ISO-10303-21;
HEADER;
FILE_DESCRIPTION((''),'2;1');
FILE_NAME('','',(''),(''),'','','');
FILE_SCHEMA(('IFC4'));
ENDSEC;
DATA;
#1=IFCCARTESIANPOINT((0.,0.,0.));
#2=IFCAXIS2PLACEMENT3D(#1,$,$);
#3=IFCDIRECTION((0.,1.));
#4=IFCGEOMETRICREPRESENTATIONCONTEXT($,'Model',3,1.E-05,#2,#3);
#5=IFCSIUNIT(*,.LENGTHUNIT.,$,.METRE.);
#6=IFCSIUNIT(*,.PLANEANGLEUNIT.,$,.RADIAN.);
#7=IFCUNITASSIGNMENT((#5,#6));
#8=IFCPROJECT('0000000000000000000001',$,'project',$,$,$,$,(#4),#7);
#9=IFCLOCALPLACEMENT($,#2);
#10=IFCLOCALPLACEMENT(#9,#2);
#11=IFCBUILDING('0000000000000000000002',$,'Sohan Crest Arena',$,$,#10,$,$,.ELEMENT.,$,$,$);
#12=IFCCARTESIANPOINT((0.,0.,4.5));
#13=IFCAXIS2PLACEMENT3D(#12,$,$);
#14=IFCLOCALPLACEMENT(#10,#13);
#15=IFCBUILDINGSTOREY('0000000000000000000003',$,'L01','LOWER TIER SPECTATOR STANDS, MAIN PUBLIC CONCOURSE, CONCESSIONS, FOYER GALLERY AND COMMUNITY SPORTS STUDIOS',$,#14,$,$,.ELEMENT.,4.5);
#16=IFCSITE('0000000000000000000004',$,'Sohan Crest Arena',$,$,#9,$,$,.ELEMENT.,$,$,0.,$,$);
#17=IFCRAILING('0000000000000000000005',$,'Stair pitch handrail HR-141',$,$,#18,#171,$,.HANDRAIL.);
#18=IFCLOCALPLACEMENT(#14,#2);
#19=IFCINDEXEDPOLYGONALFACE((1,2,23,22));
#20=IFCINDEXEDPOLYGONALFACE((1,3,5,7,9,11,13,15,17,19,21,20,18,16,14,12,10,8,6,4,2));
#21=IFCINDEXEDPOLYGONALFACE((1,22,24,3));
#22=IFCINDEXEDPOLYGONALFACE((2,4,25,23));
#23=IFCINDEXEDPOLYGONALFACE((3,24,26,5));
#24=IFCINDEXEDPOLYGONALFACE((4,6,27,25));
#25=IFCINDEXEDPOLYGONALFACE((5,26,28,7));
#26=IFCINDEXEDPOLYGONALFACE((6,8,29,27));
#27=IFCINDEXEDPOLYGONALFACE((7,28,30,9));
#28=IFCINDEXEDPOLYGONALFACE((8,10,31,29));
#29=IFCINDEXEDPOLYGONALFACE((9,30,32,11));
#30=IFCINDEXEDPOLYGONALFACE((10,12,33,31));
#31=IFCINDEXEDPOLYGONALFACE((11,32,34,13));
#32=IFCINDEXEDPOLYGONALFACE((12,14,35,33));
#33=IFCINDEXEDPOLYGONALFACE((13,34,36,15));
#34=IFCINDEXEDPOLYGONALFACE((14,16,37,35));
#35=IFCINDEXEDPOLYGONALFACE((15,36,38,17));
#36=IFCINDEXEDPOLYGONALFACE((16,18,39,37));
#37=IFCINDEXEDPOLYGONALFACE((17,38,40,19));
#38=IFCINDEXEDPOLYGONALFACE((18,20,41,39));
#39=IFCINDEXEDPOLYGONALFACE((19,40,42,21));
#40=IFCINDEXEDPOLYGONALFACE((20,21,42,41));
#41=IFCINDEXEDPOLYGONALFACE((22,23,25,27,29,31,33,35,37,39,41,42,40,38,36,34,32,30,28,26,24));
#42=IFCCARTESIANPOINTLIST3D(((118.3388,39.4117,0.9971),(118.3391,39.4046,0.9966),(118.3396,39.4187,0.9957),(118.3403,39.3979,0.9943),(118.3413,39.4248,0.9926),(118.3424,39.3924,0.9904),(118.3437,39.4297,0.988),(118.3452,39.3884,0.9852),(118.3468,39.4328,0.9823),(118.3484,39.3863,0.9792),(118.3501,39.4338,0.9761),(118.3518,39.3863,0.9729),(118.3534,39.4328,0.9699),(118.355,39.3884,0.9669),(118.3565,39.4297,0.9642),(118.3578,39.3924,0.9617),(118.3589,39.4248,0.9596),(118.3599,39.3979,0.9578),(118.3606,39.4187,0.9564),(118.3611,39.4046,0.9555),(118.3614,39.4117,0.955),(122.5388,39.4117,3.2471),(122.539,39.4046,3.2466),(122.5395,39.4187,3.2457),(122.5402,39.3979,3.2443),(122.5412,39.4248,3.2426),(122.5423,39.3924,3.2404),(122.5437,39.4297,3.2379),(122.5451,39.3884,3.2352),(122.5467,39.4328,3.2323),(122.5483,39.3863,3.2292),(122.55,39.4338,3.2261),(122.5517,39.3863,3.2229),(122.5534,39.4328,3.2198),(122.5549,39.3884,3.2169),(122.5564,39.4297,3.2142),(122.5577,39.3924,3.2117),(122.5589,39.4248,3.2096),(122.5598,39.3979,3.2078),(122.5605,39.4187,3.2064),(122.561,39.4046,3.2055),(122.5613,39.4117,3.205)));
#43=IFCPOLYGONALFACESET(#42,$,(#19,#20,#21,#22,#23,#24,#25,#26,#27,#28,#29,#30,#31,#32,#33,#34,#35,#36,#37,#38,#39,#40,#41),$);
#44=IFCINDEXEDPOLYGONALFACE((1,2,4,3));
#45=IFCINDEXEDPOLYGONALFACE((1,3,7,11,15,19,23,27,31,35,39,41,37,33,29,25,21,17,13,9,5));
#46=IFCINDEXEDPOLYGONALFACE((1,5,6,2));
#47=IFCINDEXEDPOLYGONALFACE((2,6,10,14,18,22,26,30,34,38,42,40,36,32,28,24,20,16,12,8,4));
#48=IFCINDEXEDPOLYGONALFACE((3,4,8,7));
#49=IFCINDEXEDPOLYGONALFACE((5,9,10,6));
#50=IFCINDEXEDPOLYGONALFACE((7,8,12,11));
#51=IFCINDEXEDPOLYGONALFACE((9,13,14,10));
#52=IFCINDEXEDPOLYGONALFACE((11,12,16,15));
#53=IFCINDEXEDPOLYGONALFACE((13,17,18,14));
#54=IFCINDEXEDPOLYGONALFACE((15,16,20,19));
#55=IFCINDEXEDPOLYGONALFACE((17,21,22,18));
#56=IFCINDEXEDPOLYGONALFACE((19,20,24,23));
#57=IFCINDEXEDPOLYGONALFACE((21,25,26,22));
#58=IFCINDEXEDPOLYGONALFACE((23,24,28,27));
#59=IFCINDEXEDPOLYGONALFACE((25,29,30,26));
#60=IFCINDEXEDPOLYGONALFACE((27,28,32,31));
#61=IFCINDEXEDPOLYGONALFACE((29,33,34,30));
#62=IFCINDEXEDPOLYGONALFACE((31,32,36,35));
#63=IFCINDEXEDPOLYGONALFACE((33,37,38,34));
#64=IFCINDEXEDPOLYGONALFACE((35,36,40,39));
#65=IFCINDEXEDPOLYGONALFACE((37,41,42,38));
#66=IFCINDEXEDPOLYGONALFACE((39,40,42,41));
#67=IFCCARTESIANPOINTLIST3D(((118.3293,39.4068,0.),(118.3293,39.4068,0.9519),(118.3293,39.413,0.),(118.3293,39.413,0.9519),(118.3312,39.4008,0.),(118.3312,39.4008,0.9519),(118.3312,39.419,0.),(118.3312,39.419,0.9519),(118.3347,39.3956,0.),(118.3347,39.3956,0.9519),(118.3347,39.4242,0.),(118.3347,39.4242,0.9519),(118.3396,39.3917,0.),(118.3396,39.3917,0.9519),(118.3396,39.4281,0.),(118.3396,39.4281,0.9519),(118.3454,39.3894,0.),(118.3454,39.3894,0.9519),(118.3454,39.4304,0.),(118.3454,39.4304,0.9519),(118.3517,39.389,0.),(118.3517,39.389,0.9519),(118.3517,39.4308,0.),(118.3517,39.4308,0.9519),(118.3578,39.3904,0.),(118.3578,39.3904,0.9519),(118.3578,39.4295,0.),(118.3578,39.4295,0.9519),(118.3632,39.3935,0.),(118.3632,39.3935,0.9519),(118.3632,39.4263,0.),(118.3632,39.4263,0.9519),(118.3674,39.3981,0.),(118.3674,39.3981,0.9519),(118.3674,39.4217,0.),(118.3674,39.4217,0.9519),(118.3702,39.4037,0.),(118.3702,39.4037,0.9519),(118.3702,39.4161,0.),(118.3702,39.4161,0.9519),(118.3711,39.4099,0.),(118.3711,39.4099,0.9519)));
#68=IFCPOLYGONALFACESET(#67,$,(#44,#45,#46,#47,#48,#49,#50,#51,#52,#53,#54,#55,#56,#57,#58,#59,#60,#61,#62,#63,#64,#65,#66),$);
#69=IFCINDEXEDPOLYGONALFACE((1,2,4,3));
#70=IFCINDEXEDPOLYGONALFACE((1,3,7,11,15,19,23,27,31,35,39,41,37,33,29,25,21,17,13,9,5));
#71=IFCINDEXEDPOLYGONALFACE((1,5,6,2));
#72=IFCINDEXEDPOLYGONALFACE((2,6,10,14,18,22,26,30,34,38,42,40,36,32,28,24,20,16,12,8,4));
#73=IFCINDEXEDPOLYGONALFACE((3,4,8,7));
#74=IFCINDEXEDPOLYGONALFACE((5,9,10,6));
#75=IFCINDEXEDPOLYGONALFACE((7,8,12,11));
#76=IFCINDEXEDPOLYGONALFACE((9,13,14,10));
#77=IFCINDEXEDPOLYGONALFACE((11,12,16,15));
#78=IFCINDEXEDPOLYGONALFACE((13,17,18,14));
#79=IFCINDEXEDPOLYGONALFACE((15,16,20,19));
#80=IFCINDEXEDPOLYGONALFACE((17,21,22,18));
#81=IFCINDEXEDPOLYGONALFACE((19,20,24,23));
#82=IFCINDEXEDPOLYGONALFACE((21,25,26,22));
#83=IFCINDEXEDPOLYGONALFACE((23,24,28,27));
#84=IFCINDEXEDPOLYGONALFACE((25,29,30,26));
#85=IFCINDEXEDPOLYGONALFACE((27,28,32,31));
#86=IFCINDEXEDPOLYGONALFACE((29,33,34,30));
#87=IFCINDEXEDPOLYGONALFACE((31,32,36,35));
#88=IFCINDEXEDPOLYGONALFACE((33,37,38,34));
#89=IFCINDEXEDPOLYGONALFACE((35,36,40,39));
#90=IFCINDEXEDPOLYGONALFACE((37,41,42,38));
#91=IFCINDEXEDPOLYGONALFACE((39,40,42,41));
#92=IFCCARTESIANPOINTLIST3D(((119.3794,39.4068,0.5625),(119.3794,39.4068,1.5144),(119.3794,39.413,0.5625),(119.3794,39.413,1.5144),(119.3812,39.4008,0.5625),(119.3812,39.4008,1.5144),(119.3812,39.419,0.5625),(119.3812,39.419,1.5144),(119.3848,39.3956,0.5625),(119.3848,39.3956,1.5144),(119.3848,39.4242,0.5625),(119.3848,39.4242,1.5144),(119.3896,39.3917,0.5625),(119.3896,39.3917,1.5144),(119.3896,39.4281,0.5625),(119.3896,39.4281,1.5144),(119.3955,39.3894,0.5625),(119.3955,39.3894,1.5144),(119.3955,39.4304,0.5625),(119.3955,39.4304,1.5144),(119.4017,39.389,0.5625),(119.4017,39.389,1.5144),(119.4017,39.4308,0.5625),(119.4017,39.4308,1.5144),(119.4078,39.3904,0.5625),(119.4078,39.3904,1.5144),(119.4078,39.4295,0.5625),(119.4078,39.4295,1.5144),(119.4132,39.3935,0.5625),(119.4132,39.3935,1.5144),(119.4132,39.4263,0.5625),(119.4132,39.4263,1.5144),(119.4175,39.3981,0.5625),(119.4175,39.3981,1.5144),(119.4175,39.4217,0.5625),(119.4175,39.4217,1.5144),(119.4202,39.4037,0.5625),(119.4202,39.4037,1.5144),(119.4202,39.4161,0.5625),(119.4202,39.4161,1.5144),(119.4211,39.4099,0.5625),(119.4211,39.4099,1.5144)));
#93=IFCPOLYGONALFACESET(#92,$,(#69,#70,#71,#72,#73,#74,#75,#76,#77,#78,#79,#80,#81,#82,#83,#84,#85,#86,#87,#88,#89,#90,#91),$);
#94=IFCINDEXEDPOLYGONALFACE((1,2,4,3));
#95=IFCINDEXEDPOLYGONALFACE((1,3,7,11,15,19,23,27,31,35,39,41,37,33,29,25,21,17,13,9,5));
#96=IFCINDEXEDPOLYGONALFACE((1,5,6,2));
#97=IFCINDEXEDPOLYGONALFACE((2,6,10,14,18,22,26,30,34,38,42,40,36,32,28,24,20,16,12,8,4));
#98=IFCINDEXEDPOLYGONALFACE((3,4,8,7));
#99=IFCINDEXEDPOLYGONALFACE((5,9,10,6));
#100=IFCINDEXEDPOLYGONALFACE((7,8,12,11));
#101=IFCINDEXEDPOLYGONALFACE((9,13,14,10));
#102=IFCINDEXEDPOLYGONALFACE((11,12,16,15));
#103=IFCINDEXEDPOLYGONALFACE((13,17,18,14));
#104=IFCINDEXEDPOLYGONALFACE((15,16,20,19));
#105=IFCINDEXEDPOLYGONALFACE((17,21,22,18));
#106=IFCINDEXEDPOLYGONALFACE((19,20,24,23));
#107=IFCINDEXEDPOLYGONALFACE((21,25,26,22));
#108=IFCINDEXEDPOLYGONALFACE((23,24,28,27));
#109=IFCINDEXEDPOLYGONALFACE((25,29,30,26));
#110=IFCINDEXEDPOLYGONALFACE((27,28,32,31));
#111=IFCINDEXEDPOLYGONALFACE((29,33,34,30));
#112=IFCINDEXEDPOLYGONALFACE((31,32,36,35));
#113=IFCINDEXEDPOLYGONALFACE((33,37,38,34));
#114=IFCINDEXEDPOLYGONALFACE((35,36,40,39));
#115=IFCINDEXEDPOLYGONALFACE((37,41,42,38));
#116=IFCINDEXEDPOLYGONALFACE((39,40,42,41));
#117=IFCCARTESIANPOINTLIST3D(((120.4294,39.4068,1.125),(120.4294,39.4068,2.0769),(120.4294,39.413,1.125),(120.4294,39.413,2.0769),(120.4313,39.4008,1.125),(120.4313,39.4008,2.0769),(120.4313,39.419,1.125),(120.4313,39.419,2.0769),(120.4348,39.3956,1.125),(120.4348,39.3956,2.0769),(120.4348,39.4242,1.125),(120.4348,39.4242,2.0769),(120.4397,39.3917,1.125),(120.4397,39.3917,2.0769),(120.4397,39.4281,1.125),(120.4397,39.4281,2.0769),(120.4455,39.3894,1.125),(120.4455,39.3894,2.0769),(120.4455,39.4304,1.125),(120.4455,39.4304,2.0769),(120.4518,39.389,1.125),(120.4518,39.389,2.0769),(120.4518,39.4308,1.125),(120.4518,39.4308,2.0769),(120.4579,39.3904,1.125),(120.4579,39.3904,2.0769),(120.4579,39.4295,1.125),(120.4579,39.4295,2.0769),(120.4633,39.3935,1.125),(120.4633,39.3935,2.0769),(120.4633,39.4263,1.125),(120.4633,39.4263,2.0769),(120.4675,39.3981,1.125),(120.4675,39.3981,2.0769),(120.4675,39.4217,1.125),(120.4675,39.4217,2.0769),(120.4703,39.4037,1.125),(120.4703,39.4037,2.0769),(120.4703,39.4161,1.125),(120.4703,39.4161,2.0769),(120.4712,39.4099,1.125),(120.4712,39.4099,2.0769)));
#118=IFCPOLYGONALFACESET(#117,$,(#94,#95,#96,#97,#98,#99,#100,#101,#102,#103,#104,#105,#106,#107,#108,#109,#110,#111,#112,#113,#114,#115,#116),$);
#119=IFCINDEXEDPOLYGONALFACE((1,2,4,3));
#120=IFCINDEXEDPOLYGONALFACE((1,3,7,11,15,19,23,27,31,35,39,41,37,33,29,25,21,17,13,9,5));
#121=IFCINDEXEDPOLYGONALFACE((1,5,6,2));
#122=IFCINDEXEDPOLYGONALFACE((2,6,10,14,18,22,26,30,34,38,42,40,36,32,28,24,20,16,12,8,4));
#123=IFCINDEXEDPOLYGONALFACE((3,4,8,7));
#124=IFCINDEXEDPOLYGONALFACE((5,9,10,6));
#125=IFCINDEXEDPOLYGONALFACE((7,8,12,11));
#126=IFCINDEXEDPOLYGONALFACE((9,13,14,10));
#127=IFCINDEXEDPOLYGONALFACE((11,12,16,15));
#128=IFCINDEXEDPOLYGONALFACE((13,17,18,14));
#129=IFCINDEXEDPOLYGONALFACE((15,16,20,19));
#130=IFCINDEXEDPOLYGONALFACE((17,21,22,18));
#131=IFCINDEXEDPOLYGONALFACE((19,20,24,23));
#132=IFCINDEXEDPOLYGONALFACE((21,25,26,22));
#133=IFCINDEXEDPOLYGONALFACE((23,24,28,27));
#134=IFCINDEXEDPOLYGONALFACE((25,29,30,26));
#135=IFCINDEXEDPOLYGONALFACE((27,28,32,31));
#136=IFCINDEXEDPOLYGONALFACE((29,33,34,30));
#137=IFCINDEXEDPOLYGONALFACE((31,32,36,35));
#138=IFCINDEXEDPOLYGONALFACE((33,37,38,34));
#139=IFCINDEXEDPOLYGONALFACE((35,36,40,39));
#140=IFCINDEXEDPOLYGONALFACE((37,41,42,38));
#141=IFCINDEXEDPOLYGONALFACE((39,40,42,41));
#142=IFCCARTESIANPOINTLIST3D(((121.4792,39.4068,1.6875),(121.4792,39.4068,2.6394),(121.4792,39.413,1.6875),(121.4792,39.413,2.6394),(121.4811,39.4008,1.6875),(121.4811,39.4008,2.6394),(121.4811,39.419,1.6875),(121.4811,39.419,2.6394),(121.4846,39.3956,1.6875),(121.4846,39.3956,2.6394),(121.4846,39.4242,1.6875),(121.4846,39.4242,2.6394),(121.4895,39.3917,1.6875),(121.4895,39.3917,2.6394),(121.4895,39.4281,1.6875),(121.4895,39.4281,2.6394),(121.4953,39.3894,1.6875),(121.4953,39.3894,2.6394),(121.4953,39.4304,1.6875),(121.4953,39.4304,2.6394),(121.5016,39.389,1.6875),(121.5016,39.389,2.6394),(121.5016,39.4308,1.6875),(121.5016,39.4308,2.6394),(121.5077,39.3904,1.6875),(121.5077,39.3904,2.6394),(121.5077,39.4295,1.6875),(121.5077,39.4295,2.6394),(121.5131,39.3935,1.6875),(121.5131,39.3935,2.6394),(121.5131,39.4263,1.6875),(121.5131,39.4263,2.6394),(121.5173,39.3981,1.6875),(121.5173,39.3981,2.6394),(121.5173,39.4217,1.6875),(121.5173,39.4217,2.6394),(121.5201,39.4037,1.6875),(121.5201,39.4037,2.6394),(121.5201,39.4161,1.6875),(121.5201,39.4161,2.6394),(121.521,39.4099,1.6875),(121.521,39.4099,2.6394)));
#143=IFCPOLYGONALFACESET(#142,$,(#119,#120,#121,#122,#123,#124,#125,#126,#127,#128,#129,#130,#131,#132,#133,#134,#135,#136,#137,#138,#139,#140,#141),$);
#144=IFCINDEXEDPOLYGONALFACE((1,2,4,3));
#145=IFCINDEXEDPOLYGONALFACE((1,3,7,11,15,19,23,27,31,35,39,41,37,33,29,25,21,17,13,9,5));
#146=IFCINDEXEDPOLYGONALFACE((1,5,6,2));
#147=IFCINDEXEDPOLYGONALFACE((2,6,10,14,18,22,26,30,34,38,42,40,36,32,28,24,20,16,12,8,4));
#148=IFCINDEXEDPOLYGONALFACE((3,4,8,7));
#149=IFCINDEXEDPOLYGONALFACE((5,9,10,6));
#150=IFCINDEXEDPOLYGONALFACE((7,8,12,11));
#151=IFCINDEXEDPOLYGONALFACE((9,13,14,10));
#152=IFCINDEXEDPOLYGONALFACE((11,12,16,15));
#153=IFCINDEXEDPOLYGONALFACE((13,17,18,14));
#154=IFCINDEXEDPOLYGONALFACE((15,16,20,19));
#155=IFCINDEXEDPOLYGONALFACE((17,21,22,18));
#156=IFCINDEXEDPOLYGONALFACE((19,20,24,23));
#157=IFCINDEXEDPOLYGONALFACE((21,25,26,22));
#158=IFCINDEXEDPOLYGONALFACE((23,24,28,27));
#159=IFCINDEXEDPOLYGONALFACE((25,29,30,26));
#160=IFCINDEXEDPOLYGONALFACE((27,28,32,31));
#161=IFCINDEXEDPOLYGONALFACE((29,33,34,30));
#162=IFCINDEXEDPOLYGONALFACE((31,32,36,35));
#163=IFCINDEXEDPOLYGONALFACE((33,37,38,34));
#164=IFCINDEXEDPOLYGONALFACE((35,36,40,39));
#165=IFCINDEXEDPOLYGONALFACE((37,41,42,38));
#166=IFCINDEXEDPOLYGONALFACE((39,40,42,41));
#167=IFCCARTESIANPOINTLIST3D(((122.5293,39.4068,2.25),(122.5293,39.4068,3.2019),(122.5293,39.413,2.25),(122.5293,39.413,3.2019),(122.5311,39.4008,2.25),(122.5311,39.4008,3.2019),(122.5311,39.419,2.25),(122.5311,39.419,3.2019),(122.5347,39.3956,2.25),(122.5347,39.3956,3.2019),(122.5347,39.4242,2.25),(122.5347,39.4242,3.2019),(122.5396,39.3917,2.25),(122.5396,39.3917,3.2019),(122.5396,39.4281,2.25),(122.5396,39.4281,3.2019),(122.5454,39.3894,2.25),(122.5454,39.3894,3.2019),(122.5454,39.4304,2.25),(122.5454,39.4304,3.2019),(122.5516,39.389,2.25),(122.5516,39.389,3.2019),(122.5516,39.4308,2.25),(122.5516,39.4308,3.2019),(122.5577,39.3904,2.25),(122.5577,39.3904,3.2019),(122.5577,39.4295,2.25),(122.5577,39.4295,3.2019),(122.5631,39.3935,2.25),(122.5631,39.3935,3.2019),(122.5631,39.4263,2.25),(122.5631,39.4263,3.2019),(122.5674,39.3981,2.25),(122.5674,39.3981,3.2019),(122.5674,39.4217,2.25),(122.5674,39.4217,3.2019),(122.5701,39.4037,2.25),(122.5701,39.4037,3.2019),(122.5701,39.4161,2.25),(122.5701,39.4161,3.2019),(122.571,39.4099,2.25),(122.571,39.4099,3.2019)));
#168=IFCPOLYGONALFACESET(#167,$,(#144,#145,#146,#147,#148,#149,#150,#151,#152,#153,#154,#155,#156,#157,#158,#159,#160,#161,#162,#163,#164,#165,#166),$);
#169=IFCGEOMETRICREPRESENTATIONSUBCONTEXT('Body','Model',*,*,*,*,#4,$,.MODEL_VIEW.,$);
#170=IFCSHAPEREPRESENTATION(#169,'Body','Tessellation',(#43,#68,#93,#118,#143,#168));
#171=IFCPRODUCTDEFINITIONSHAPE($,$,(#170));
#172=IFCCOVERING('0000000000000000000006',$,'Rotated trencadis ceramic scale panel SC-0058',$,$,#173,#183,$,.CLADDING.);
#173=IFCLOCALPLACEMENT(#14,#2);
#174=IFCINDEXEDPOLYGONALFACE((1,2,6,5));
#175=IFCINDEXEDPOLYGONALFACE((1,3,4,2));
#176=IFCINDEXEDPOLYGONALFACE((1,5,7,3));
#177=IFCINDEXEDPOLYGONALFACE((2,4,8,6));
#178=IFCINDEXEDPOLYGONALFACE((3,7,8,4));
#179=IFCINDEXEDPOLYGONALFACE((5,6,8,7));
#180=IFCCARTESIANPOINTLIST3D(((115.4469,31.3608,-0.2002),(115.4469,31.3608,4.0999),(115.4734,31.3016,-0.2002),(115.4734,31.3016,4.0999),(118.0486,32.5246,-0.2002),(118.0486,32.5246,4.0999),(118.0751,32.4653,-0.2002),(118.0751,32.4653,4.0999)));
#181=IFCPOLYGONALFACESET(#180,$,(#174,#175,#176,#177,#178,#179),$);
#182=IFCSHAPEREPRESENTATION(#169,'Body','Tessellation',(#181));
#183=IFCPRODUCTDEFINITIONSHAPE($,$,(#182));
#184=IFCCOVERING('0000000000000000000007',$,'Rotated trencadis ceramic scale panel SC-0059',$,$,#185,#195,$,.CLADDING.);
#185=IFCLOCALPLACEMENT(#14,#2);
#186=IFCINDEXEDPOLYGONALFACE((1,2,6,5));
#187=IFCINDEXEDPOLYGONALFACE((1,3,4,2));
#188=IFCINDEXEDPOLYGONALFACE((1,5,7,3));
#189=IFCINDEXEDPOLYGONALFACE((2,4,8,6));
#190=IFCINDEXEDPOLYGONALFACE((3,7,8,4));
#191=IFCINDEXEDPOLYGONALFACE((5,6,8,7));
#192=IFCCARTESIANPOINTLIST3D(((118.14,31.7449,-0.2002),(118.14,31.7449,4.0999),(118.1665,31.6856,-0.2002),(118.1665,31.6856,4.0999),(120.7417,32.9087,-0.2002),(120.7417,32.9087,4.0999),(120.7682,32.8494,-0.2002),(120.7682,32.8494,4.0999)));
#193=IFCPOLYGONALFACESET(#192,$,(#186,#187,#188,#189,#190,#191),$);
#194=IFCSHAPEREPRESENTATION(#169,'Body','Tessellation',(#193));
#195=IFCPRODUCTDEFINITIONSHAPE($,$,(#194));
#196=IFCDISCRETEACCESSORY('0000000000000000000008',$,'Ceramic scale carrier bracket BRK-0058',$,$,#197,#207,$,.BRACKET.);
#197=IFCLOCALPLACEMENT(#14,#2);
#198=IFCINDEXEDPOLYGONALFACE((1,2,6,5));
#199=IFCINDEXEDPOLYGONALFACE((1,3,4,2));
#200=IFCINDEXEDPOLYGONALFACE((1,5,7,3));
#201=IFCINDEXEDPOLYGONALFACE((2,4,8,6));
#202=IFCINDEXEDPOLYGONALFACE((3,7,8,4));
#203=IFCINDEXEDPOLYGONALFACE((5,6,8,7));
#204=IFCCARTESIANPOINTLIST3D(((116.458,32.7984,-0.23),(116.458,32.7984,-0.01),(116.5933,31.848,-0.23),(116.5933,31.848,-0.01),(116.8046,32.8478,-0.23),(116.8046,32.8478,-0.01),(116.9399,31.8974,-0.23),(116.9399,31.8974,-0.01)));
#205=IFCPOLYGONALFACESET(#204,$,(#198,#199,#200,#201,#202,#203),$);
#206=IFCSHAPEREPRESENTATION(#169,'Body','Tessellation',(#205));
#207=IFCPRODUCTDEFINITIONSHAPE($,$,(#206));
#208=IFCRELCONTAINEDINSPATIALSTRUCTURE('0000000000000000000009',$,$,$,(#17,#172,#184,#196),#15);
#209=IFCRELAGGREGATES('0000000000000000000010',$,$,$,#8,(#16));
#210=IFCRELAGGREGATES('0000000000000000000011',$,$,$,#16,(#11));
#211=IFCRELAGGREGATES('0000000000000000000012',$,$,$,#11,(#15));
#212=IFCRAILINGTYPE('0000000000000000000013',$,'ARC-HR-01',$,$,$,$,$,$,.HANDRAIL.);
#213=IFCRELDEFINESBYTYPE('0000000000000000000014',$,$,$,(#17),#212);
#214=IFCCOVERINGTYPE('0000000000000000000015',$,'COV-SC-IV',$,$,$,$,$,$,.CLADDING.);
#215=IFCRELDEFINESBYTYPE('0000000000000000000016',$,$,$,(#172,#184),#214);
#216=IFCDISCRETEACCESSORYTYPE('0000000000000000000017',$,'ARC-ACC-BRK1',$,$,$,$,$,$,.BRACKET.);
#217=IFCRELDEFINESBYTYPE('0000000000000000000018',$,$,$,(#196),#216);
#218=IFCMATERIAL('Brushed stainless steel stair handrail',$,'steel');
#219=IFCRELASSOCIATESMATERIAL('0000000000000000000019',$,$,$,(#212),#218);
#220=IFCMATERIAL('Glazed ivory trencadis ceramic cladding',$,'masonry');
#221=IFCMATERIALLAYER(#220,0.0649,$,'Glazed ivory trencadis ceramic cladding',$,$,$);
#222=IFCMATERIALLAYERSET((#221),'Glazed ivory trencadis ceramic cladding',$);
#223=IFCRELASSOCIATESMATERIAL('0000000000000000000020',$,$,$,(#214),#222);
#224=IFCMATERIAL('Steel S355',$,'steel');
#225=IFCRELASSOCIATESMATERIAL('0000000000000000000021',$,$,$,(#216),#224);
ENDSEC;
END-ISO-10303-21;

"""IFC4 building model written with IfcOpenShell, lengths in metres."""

from ifc_helpers import new_model, si_unit, direction, frame, origin, origin_2d, place, context, subcontext, project, spatial, rectangle, circle, extrude, material, layer, layer_set, type_object, element, save


model = new_model("IFC4")

# Units and contexts
model_context = context("Model", 3, precision=1e-05, world=origin(), true_north=direction((0.0, 1.0)))
body_context = subcontext(model_context, "Body", "Model", "MODEL_VIEW")
ifc_project = project(units=[si_unit("LENGTHUNIT", "METRE"), si_unit("PLANEANGLEUNIT", "RADIAN")], contexts=[model_context])

# Site, building, storey
site_placement = place(None, origin())
site = spatial("IfcSite", under=ifc_project, at=site_placement, Name="Sohan Crest Arena", CompositionType="ELEMENT", RefElevation=0.0)
building_placement = place(site_placement, origin())
building = spatial("IfcBuilding", under=site, at=building_placement, Name="Sohan Crest Arena", CompositionType="ELEMENT")
storey_placement = place(building_placement, frame((0.0, 0.0, 4.5)))
storey = spatial("IfcBuildingStorey", under=building, at=storey_placement, Name="L01", Description="LOWER TIER SPECTATOR STANDS, MAIN PUBLIC CONCOURSE, CONCESSIONS, FOYER GALLERY AND COMMUNITY SPORTS STUDIOS", CompositionType="ELEMENT", Elevation=4.5)

# Shared definitions
ifc_material_1 = material(Name="Steel S355", Category="steel")

# Railing
ifc_material_2 = material(Name="Brushed stainless steel stair handrail", Category="steel")
railing_type = type_object("IfcRailingType", Name="ARC-HR-01", PredefinedType="HANDRAIL", material=ifc_material_2)
railing_placement = place(storey_placement, frame((118.3501, 39.4099, 0.0)))
element("IfcRailing", 1, at=railing_placement, inside=storey, type_object=railing_type, Name="Stair pitch handrail HR-141", PredefinedType="HANDRAIL", context=body_context, shape_type="SweptSolid", body=[
    extrude(circle(Radius=0.0239, at=origin_2d()), frame((0.0, 0.0, 0.9761), z_axis=(0.881478, 0.0, 0.472226), x_axis=(0.0, 1.0, 0.0)), (0.0, 0.0, 1.0), 4.7646),
    extrude(circle(Radius=0.021, at=origin_2d()), origin(), (0.0, 0.0, 1.0), 0.9519),
    extrude(circle(Radius=0.021, at=origin_2d()), frame((1.05, 0.0, 0.5625)), (0.0, 0.0, 1.0), 0.9519),
    extrude(circle(Radius=0.021, at=origin_2d()), frame((2.1001, 0.0, 1.125)), (0.0, 0.0, 1.0), 0.9519),
    extrude(circle(Radius=0.021, at=origin_2d()), frame((3.1499, 0.0, 1.6875)), (0.0, 0.0, 1.0), 0.9519),
    extrude(circle(Radius=0.021, at=origin_2d()), frame((4.2, 0.0, 2.25)), (0.0, 0.0, 1.0), 0.9519),
])

# Coverings
ifc_material_3 = material(Name="Glazed ivory trencadis ceramic cladding", Category="masonry")
ifc_layer_1 = layer(ifc_material_3, 0.0649, Name="Glazed ivory trencadis ceramic cladding")
ifc_layer_set_1 = layer_set([ifc_layer_1], Name="Glazed ivory trencadis ceramic cladding")
covering_type = type_object("IfcCoveringType", Name="COV-SC-IV", PredefinedType="CLADDING", material=ifc_layer_set_1)
for number, where, z_axis, x_axis, name in (
    (2, (116.761, 31.9131, -0.2002), (0.0, 0.0, 1.0), (0.912834, 0.40833, 0.0), "Rotated trencadis ceramic scale panel SC-0058"),
    (3, (119.4541, 32.2971, -0.2002), (0.0, 0.0, 1.0), (0.912834, 0.40833, 0.0), "Rotated trencadis ceramic scale panel SC-0059"),
):
    element("IfcCovering", number, at=place(storey_placement, frame(where, z_axis=z_axis, x_axis=x_axis)), inside=storey, type_object=covering_type, Name=name, PredefinedType="CLADDING", context=body_context, shape_type="SweptSolid", body=[
        extrude(rectangle(XDim=2.8501, YDim=0.0649, at=origin_2d()), origin(), (0.0, 0.0, 1.0), 4.3),
    ])

# Discrete accessory
discrete_accessory_type = type_object("IfcDiscreteAccessoryType", Name="ARC-ACC-BRK1", PredefinedType="BRACKET", material=ifc_material_1)
for number, where, z_axis, x_axis, name in (
    (4, (116.699, 32.3479, -0.23), (0.0, 0.0, 1.0), (0.990024, 0.140901, 0.0), "Ceramic scale carrier bracket BRK-0058"),
):
    element("IfcDiscreteAccessory", number, at=place(storey_placement, frame(where, z_axis=z_axis, x_axis=x_axis)), inside=storey, type_object=discrete_accessory_type, Name=name, PredefinedType="BRACKET", context=body_context, shape_type="SweptSolid", body=[
        extrude(rectangle(XDim=0.3501, YDim=0.96, at=origin_2d()), origin(), (0.0, 0.0, 1.0), 0.22),
    ])

save(model, "model.ifc")
